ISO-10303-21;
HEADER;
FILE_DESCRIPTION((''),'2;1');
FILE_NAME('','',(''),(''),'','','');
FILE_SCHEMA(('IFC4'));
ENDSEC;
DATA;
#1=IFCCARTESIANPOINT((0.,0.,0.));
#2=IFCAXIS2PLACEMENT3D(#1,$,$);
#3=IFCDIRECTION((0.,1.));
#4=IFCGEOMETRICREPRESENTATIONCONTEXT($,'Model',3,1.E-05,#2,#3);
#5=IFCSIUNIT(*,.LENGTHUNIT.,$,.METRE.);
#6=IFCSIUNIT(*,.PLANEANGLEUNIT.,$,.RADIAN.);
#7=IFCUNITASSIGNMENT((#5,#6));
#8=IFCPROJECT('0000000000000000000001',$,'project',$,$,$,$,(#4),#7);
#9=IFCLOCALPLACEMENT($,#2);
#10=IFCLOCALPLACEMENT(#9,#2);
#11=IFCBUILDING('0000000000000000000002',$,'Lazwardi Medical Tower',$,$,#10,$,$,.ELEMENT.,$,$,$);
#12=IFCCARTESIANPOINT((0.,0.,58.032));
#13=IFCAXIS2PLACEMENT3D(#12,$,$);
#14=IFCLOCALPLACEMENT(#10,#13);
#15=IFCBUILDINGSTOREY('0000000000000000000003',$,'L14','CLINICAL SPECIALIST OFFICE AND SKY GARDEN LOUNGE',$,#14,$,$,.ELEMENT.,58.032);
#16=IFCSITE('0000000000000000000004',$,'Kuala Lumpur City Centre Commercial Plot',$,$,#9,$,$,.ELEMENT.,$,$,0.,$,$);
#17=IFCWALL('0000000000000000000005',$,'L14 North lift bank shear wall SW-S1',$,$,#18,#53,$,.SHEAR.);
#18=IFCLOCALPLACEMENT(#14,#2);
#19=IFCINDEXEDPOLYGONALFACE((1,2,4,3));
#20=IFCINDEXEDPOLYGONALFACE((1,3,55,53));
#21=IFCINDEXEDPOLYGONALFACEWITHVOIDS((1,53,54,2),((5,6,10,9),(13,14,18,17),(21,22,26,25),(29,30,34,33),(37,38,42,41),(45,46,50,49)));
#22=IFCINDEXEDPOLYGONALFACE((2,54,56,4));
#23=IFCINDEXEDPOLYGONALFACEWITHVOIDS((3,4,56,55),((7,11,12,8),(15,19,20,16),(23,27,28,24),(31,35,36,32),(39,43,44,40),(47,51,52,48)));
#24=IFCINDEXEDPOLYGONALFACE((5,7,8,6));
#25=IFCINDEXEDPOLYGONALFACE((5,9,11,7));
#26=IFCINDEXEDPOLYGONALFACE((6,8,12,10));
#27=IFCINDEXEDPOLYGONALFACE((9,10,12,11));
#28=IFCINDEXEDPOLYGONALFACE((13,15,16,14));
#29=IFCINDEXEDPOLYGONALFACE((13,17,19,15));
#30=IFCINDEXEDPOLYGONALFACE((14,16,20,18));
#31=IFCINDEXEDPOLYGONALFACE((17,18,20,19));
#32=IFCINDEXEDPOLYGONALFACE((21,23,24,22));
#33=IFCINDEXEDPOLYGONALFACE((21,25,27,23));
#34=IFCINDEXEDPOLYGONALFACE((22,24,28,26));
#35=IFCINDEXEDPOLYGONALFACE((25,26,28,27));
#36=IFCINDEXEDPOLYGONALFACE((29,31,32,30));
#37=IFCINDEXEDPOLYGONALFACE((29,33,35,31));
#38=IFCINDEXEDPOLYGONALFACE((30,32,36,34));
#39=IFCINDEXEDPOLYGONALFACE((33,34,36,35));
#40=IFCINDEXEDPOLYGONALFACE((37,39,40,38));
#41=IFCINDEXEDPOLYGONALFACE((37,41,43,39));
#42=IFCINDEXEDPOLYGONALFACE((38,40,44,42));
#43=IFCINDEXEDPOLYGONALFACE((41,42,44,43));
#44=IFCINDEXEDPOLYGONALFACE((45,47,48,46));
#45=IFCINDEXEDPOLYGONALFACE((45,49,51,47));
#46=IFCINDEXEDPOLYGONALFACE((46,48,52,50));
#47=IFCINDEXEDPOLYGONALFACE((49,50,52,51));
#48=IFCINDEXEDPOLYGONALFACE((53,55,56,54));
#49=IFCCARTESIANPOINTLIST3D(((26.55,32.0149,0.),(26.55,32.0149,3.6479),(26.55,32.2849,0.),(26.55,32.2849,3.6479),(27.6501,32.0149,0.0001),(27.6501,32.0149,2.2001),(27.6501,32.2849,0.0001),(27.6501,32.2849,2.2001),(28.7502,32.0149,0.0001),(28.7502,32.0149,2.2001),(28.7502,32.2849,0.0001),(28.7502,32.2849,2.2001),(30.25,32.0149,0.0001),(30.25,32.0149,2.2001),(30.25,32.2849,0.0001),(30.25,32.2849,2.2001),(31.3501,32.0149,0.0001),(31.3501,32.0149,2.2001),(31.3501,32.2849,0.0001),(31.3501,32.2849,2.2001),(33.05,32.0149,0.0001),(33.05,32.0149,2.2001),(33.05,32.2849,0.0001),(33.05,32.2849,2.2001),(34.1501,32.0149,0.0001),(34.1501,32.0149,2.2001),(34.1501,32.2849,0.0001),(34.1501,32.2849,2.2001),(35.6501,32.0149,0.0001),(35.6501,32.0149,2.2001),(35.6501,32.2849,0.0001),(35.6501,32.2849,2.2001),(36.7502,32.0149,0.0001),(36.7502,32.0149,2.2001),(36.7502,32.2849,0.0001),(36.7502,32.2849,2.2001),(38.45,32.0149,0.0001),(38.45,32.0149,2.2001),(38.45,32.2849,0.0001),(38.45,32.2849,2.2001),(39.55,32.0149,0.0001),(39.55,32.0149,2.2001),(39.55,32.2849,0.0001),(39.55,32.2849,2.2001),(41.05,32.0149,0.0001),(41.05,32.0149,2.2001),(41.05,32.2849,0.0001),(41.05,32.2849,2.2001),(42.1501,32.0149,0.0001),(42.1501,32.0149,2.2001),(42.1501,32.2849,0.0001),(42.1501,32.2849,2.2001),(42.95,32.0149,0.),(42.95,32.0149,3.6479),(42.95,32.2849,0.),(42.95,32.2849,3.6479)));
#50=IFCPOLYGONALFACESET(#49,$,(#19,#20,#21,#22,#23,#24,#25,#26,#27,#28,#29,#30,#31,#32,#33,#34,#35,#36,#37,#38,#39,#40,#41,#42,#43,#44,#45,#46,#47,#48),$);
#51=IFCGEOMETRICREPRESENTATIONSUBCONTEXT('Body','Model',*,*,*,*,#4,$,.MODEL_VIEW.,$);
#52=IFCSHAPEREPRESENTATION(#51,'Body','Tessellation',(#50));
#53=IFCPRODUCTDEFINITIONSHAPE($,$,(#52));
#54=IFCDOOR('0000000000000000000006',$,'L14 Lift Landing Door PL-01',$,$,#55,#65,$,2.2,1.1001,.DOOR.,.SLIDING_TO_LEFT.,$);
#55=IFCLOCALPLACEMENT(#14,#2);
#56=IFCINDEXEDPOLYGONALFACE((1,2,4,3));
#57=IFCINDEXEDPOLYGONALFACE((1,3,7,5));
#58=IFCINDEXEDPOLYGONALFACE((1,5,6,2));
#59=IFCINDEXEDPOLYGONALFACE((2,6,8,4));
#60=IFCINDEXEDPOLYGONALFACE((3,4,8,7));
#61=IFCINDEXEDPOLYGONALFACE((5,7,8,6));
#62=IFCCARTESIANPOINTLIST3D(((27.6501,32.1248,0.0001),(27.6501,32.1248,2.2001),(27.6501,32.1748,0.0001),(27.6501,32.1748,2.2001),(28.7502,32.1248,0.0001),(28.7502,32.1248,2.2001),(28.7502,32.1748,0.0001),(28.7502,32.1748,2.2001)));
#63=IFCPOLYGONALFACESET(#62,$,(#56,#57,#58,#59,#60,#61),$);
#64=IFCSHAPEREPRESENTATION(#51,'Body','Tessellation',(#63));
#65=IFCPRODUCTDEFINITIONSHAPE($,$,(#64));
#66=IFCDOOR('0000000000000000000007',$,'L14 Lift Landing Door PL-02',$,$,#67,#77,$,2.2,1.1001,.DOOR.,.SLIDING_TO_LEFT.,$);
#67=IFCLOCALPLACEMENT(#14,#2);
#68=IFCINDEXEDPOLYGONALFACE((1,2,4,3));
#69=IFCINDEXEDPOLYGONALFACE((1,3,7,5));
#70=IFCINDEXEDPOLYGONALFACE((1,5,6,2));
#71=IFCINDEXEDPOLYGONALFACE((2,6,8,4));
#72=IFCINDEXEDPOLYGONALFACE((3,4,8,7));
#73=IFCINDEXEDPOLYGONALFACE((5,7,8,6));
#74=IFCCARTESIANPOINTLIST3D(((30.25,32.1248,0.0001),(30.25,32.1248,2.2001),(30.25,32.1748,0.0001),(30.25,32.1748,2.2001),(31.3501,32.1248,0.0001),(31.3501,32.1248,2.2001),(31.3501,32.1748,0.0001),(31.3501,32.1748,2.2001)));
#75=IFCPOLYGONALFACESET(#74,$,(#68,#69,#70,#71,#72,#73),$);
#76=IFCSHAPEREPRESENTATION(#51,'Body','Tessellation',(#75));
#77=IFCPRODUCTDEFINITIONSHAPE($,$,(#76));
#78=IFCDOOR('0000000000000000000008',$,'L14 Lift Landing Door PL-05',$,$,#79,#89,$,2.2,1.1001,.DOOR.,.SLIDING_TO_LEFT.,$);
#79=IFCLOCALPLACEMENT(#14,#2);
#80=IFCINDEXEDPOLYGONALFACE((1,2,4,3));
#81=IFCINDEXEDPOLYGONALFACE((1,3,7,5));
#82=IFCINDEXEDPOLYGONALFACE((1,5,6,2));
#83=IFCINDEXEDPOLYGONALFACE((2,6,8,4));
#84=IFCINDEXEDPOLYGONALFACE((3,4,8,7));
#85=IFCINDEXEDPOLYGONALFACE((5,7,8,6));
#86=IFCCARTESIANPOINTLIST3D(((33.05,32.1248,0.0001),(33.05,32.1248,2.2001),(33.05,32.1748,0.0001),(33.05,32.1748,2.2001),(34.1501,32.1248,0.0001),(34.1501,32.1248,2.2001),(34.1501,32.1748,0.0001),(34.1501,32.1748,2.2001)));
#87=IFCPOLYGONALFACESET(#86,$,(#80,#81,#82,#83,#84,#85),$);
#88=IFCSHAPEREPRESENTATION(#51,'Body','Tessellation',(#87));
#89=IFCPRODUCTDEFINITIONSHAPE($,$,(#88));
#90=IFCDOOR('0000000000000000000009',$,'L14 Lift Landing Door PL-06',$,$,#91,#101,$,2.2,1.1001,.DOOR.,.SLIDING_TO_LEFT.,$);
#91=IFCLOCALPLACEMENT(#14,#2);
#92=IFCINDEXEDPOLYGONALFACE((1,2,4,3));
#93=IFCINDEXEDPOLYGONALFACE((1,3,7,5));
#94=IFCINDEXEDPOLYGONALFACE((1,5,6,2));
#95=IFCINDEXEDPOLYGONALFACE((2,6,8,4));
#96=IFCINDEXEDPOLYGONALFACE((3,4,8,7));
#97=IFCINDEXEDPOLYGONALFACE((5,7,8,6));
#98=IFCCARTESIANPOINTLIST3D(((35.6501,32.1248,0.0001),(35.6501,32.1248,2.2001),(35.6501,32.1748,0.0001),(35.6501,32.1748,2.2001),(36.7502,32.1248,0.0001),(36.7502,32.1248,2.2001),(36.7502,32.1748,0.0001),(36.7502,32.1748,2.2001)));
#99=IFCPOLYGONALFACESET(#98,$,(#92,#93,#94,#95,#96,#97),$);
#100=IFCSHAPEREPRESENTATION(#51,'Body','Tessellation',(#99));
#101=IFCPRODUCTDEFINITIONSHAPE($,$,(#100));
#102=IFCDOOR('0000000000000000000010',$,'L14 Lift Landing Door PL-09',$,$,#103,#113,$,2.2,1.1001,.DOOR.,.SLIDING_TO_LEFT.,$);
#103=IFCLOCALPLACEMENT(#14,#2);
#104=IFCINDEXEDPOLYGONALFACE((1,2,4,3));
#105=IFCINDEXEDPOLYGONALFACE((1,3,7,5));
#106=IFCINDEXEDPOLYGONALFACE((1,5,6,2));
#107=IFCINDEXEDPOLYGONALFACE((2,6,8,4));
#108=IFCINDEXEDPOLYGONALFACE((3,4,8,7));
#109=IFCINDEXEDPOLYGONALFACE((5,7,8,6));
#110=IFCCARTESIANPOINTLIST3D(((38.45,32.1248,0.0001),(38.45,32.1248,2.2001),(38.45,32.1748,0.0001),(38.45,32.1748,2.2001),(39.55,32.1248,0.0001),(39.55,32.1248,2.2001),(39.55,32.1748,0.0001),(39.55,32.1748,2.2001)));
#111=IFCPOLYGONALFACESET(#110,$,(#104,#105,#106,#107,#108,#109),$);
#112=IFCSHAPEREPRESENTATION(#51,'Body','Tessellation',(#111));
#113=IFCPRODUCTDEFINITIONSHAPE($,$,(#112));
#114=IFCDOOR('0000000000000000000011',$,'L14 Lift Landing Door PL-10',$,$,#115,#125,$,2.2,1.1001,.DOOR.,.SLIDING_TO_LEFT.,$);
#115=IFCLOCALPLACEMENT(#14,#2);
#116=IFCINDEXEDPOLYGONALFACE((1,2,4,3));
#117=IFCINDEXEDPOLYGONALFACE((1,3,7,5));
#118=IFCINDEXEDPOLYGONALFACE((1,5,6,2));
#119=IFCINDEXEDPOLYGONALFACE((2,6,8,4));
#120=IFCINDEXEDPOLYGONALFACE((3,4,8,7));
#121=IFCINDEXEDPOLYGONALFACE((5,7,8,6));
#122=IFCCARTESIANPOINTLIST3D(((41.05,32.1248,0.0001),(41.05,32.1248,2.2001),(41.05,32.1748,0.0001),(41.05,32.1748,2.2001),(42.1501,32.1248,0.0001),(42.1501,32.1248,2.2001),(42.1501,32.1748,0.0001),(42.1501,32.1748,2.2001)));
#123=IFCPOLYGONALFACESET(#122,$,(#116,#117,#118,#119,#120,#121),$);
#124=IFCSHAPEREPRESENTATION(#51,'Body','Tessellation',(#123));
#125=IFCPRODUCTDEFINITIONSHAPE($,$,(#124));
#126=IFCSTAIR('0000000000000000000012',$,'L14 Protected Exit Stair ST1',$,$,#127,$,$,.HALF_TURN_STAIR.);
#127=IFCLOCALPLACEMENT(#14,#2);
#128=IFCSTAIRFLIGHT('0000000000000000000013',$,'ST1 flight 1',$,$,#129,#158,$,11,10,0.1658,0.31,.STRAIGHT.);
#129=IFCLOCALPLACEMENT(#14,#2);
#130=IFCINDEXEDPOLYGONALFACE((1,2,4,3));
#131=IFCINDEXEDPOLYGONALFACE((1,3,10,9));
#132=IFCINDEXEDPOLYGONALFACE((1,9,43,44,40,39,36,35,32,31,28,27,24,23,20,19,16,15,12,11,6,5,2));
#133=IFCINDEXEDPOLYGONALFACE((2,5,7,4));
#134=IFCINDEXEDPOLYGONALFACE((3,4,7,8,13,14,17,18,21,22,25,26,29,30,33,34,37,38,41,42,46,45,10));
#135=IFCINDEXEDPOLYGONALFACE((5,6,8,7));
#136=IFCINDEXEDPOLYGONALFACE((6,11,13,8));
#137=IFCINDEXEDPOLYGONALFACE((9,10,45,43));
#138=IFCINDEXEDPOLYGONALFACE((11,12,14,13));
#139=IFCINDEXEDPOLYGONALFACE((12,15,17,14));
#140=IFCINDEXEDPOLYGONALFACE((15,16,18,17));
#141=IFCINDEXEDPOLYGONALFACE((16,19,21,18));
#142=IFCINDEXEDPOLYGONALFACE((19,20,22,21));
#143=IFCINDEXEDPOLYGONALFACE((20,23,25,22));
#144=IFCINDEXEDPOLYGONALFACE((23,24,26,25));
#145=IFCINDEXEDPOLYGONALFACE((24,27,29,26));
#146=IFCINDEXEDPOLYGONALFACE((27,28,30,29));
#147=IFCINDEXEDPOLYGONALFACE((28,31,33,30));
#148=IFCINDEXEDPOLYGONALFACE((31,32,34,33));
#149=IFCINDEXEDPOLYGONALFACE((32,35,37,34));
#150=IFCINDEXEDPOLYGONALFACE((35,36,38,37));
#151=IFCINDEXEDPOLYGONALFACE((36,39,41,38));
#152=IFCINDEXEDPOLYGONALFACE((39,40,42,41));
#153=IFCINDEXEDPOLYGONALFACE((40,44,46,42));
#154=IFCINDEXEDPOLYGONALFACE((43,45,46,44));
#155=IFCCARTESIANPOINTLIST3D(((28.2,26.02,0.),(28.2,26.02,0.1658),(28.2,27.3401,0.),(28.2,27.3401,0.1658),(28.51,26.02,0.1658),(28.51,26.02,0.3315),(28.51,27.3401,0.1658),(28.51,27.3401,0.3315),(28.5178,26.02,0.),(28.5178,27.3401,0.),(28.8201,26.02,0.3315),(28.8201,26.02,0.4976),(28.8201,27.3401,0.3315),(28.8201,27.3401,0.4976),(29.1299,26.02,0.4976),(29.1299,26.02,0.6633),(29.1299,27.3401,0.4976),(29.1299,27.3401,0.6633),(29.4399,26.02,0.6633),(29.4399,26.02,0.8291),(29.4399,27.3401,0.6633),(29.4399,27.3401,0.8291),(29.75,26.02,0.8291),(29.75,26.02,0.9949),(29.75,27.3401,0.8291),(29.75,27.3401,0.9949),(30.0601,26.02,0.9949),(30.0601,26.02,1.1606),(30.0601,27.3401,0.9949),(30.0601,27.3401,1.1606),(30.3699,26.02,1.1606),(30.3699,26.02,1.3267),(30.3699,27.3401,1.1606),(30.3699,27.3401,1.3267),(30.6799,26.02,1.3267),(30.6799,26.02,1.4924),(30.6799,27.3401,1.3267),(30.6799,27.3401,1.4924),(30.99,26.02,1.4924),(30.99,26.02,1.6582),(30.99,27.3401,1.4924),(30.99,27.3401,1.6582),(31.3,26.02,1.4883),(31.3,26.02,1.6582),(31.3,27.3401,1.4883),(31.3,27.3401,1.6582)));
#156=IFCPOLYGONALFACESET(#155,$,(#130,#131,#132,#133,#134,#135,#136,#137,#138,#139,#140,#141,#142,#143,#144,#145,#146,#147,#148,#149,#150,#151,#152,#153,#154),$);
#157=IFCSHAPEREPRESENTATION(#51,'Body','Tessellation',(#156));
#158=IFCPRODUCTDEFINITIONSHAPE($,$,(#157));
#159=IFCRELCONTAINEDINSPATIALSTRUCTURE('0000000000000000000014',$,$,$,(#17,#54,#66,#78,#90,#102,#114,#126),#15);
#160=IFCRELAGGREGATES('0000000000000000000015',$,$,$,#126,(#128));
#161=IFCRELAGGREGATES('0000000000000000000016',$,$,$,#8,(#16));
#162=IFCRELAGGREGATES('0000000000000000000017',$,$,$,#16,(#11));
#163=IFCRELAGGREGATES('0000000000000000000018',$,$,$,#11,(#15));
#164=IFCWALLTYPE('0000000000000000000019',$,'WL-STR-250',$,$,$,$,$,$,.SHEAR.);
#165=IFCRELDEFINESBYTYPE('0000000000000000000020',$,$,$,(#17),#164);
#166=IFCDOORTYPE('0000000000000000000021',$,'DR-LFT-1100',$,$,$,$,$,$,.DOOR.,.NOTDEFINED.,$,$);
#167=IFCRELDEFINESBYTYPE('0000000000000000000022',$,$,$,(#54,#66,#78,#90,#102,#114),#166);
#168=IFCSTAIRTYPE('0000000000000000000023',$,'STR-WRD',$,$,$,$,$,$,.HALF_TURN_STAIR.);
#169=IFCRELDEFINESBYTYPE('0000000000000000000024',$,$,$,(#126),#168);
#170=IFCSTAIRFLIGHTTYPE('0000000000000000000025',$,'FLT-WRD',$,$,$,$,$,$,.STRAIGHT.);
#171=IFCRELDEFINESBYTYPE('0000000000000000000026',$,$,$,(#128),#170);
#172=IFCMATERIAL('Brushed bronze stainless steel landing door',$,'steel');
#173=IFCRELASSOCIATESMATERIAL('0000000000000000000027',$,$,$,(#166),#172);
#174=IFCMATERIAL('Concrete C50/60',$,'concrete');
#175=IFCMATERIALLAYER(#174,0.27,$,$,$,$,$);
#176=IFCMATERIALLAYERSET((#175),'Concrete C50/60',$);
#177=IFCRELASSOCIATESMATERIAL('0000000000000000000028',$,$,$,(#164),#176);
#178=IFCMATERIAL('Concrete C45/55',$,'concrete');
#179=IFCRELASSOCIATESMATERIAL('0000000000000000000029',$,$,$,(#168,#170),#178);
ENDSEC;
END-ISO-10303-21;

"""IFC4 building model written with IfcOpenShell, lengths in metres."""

from ifc_helpers import new_model, si_unit, direction, frame, frame_2d, origin, place, context, subcontext, project, spatial, polyline, rectangle, outline, extrude, material, layer, layer_set, type_object, element, fill, aggregate, save


model = new_model("IFC4")

# Units and contexts
model_context = context("Model", 3, precision=1e-05, world=origin(), true_north=direction((0.0, 1.0)))
body_context = subcontext(model_context, "Body", "Model", "MODEL_VIEW")
ifc_project = project(units=[si_unit("LENGTHUNIT", "METRE"), si_unit("PLANEANGLEUNIT", "RADIAN")], contexts=[model_context])

# Site, building, storey
site_placement = place(None, origin())
site = spatial("IfcSite", under=ifc_project, at=site_placement, Name="Kuala Lumpur City Centre Commercial Plot", CompositionType="ELEMENT", RefElevation=0.0)
building_placement = place(site_placement, origin())
building = spatial("IfcBuilding", under=site, at=building_placement, Name="Lazwardi Medical Tower", CompositionType="ELEMENT")
storey_placement = place(building_placement, frame((0.0, 0.0, 58.032)))
storey = spatial("IfcBuildingStorey", under=building, at=storey_placement, Name="L14", Description="CLINICAL SPECIALIST OFFICE AND SKY GARDEN LOUNGE", CompositionType="ELEMENT", Elevation=58.032)

# Shared definitions
ifc_material_1 = material(Name="Brushed bronze stainless steel landing door", Category="steel")
door_type_1 = type_object("IfcDoorType", Name="DR-LFT-1100", OperationType="NOTDEFINED", PredefinedType="DOOR", material=ifc_material_1)

# Shared definitions
ifc_material_2 = material(Name="Concrete C50/60", Category="concrete")
ifc_layer_1 = layer(ifc_material_2, 0.27)
ifc_layer_set_1 = layer_set([ifc_layer_1], Name="Concrete C50/60")
wall_type_1 = type_object("IfcWallType", Name="WL-STR-250", PredefinedType="SHEAR", material=ifc_layer_set_1)

# Wall, openings, doors
wall_1_placement = place(storey_placement, frame((26.55, 32.1499, 0.0), z_axis=(0.0, 0.0, 1.0), x_axis=(1.0, 0.0, 0.0)))
wall_1 = element("IfcWall", 1, at=wall_1_placement, inside=storey, type_object=wall_type_1, Name="L14 North lift bank shear wall SW-S1", PredefinedType="SHEAR", context=body_context, shape_type="SweptSolid", body=[
    extrude(rectangle(XDim=16.3999, YDim=0.27, at=frame_2d((8.2, 0.0))), origin(), (0.0, 0.0, 1.0), 3.6479),
])
opening_1_placement = place(wall_1_placement, frame((1.1001, 0.0, 0.0)))
opening_1 = element("IfcOpeningElement", 2, at=opening_1_placement, cuts=wall_1, PredefinedType="OPENING", context=body_context, shape_type="SweptSolid", body=[
    extrude(rectangle(XDim=1.1001, YDim=2.2, at=frame_2d((0.55, 1.1001))), frame((0.0, 0.145, 0.0), z_axis=(0.0, -1.0, 0.0), x_axis=(1.0, 0.0, 0.0)), (0.0, 0.0, 1.0), 0.29),
])
opening_2_placement = place(wall_1_placement, frame((3.7, 0.0, 0.0)))
opening_2 = element("IfcOpeningElement", 3, at=opening_2_placement, cuts=wall_1, PredefinedType="OPENING", context=body_context, shape_type="SweptSolid", body=[
    extrude(rectangle(XDim=1.1001, YDim=2.2, at=frame_2d((0.55, 1.1001))), frame((0.0, 0.145, 0.0), z_axis=(0.0, -1.0, 0.0), x_axis=(1.0, 0.0, 0.0)), (0.0, 0.0, 1.0), 0.29),
])
opening_3_placement = place(wall_1_placement, frame((6.5, 0.0, 0.0)))
opening_3 = element("IfcOpeningElement", 4, at=opening_3_placement, cuts=wall_1, PredefinedType="OPENING", context=body_context, shape_type="SweptSolid", body=[
    extrude(rectangle(XDim=1.1001, YDim=2.2, at=frame_2d((0.55, 1.1001))), frame((0.0, 0.145, 0.0), z_axis=(0.0, -1.0, 0.0), x_axis=(1.0, 0.0, 0.0)), (0.0, 0.0, 1.0), 0.29),
])
opening_4_placement = place(wall_1_placement, frame((9.1001, 0.0, 0.0)))
opening_4 = element("IfcOpeningElement", 5, at=opening_4_placement, cuts=wall_1, PredefinedType="OPENING", context=body_context, shape_type="SweptSolid", body=[
    extrude(rectangle(XDim=1.1001, YDim=2.2, at=frame_2d((0.55, 1.1001))), frame((0.0, 0.145, 0.0), z_axis=(0.0, -1.0, 0.0), x_axis=(1.0, 0.0, 0.0)), (0.0, 0.0, 1.0), 0.29),
])
opening_5_placement = place(wall_1_placement, frame((11.8999, 0.0, 0.0)))
opening_5 = element("IfcOpeningElement", 6, at=opening_5_placement, cuts=wall_1, PredefinedType="OPENING", context=body_context, shape_type="SweptSolid", body=[
    extrude(rectangle(XDim=1.1001, YDim=2.2, at=frame_2d((0.55, 1.1001))), frame((0.0, 0.145, 0.0), z_axis=(0.0, -1.0, 0.0), x_axis=(1.0, 0.0, 0.0)), (0.0, 0.0, 1.0), 0.29),
])
opening_6_placement = place(wall_1_placement, frame((14.5, 0.0, 0.0)))
opening_6 = element("IfcOpeningElement", 7, at=opening_6_placement, cuts=wall_1, PredefinedType="OPENING", context=body_context, shape_type="SweptSolid", body=[
    extrude(rectangle(XDim=1.1001, YDim=2.2, at=frame_2d((0.55, 1.1001))), frame((0.0, 0.145, 0.0), z_axis=(0.0, -1.0, 0.0), x_axis=(1.0, 0.0, 0.0)), (0.0, 0.0, 1.0), 0.29),
])
door_1_placement = place(opening_1_placement, origin())
door_1 = element("IfcDoor", 8, at=door_1_placement, inside=storey, type_object=door_type_1, Name="L14 Lift Landing Door PL-01", OperationType="SLIDING_TO_LEFT", OverallHeight=2.2, OverallWidth=1.1001, PredefinedType="DOOR", context=body_context, shape_type="SweptSolid", body=[
    extrude(rectangle(XDim=1.1001, YDim=2.2, at=frame_2d((0.55, 1.1001))), frame((0.0, 0.0249, 0.0), z_axis=(0.0, -1.0, 0.0), x_axis=(1.0, 0.0, 0.0)), (0.0, 0.0, 1.0), 0.05),
])
fill(opening_1, door_1)
door_2_placement = place(opening_2_placement, origin())
door_2 = element("IfcDoor", 9, at=door_2_placement, inside=storey, type_object=door_type_1, Name="L14 Lift Landing Door PL-02", OperationType="SLIDING_TO_LEFT", OverallHeight=2.2, OverallWidth=1.1001, PredefinedType="DOOR", context=body_context, shape_type="SweptSolid", body=[
    extrude(rectangle(XDim=1.1001, YDim=2.2, at=frame_2d((0.55, 1.1001))), frame((0.0, 0.0249, 0.0), z_axis=(0.0, -1.0, 0.0), x_axis=(1.0, 0.0, 0.0)), (0.0, 0.0, 1.0), 0.05),
])
fill(opening_2, door_2)
door_3_placement = place(opening_3_placement, origin())
door_3 = element("IfcDoor", 10, at=door_3_placement, inside=storey, type_object=door_type_1, Name="L14 Lift Landing Door PL-05", OperationType="SLIDING_TO_LEFT", OverallHeight=2.2, OverallWidth=1.1001, PredefinedType="DOOR", context=body_context, shape_type="SweptSolid", body=[
    extrude(rectangle(XDim=1.1001, YDim=2.2, at=frame_2d((0.55, 1.1001))), frame((0.0, 0.0249, 0.0), z_axis=(0.0, -1.0, 0.0), x_axis=(1.0, 0.0, 0.0)), (0.0, 0.0, 1.0), 0.05),
])
fill(opening_3, door_3)
door_4_placement = place(opening_4_placement, origin())
door_4 = element("IfcDoor", 11, at=door_4_placement, inside=storey, type_object=door_type_1, Name="L14 Lift Landing Door PL-06", OperationType="SLIDING_TO_LEFT", OverallHeight=2.2, OverallWidth=1.1001, PredefinedType="DOOR", context=body_context, shape_type="SweptSolid", body=[
    extrude(rectangle(XDim=1.1001, YDim=2.2, at=frame_2d((0.55, 1.1001))), frame((0.0, 0.0249, 0.0), z_axis=(0.0, -1.0, 0.0), x_axis=(1.0, 0.0, 0.0)), (0.0, 0.0, 1.0), 0.05),
])
fill(opening_4, door_4)
door_5_placement = place(opening_5_placement, origin())
door_5 = element("IfcDoor", 12, at=door_5_placement, inside=storey, type_object=door_type_1, Name="L14 Lift Landing Door PL-09", OperationType="SLIDING_TO_LEFT", OverallHeight=2.2, OverallWidth=1.1001, PredefinedType="DOOR", context=body_context, shape_type="SweptSolid", body=[
    extrude(rectangle(XDim=1.1001, YDim=2.2, at=frame_2d((0.55, 1.1001))), frame((0.0, 0.0249, 0.0), z_axis=(0.0, -1.0, 0.0), x_axis=(1.0, 0.0, 0.0)), (0.0, 0.0, 1.0), 0.05),
])
fill(opening_5, door_5)
door_6_placement = place(opening_6_placement, origin())
door_6 = element("IfcDoor", 13, at=door_6_placement, inside=storey, type_object=door_type_1, Name="L14 Lift Landing Door PL-10", OperationType="SLIDING_TO_LEFT", OverallHeight=2.2, OverallWidth=1.1001, PredefinedType="DOOR", context=body_context, shape_type="SweptSolid", body=[
    extrude(rectangle(XDim=1.1001, YDim=2.2, at=frame_2d((0.55, 1.1001))), frame((0.0, 0.0249, 0.0), z_axis=(0.0, -1.0, 0.0), x_axis=(1.0, 0.0, 0.0)), (0.0, 0.0, 1.0), 0.05),
])
fill(opening_6, door_6)

# Stair, stair flight
ifc_material_3 = material(Name="Concrete C45/55", Category="concrete")
stair_type = type_object("IfcStairType", Name="STR-WRD", PredefinedType="HALF_TURN_STAIR", material=ifc_material_3)
stair_placement = place(storey_placement, origin())
stair = element("IfcStair", 14, at=stair_placement, inside=storey, type_object=stair_type, Name="L14 Protected Exit Stair ST1", PredefinedType="HALF_TURN_STAIR")
stair_flight_type = type_object("IfcStairFlightType", Name="FLT-WRD", PredefinedType="STRAIGHT", material=ifc_material_3)
stair_flight_placement = place(storey_placement, frame((28.2, 26.6799, 0.0), z_axis=(0.0, 0.0, 1.0), x_axis=(1.0, 0.0, 0.0)))
stair_flight = element("IfcStairFlight", 15, at=stair_flight_placement, type_object=stair_flight_type, Name="ST1 flight 1", NumberOfRisers=11, NumberOfTreads=10, PredefinedType="STRAIGHT", RiserHeight=0.1658, TreadLength=0.31, context=body_context, shape_type="SweptSolid", body=[
    extrude(outline(polyline([(0.0, 0.0), (0.0, 0.1658), (0.3101, 0.1658), (0.3101, 0.3315), (0.6201, 0.3315), (0.6201, 0.4976), (0.9299, 0.4976), (0.9299, 0.6633), (1.24, 0.6633), (1.24, 0.8291), (1.55, 0.8291), (1.55, 0.9949), (1.8601, 0.9949), (1.8601, 1.1606), (2.1699, 1.1606), (2.1699, 1.3267), (2.48, 1.3267), (2.48, 1.4924), (2.79, 1.4924), (2.79, 1.6582), (3.1001, 1.6582), (3.1001, 1.824), (3.1001, 1.4883), (0.3179, 0.0), (0.0, 0.0)])), frame((0.0, 0.6602, 0.0), z_axis=(0.0, -1.0, 0.0), x_axis=(1.0, 0.0, 0.0)), (0.0, 0.0, 1.0), 1.3201),
])
aggregate(stair, [stair_flight])

save(model, "model.ifc")
